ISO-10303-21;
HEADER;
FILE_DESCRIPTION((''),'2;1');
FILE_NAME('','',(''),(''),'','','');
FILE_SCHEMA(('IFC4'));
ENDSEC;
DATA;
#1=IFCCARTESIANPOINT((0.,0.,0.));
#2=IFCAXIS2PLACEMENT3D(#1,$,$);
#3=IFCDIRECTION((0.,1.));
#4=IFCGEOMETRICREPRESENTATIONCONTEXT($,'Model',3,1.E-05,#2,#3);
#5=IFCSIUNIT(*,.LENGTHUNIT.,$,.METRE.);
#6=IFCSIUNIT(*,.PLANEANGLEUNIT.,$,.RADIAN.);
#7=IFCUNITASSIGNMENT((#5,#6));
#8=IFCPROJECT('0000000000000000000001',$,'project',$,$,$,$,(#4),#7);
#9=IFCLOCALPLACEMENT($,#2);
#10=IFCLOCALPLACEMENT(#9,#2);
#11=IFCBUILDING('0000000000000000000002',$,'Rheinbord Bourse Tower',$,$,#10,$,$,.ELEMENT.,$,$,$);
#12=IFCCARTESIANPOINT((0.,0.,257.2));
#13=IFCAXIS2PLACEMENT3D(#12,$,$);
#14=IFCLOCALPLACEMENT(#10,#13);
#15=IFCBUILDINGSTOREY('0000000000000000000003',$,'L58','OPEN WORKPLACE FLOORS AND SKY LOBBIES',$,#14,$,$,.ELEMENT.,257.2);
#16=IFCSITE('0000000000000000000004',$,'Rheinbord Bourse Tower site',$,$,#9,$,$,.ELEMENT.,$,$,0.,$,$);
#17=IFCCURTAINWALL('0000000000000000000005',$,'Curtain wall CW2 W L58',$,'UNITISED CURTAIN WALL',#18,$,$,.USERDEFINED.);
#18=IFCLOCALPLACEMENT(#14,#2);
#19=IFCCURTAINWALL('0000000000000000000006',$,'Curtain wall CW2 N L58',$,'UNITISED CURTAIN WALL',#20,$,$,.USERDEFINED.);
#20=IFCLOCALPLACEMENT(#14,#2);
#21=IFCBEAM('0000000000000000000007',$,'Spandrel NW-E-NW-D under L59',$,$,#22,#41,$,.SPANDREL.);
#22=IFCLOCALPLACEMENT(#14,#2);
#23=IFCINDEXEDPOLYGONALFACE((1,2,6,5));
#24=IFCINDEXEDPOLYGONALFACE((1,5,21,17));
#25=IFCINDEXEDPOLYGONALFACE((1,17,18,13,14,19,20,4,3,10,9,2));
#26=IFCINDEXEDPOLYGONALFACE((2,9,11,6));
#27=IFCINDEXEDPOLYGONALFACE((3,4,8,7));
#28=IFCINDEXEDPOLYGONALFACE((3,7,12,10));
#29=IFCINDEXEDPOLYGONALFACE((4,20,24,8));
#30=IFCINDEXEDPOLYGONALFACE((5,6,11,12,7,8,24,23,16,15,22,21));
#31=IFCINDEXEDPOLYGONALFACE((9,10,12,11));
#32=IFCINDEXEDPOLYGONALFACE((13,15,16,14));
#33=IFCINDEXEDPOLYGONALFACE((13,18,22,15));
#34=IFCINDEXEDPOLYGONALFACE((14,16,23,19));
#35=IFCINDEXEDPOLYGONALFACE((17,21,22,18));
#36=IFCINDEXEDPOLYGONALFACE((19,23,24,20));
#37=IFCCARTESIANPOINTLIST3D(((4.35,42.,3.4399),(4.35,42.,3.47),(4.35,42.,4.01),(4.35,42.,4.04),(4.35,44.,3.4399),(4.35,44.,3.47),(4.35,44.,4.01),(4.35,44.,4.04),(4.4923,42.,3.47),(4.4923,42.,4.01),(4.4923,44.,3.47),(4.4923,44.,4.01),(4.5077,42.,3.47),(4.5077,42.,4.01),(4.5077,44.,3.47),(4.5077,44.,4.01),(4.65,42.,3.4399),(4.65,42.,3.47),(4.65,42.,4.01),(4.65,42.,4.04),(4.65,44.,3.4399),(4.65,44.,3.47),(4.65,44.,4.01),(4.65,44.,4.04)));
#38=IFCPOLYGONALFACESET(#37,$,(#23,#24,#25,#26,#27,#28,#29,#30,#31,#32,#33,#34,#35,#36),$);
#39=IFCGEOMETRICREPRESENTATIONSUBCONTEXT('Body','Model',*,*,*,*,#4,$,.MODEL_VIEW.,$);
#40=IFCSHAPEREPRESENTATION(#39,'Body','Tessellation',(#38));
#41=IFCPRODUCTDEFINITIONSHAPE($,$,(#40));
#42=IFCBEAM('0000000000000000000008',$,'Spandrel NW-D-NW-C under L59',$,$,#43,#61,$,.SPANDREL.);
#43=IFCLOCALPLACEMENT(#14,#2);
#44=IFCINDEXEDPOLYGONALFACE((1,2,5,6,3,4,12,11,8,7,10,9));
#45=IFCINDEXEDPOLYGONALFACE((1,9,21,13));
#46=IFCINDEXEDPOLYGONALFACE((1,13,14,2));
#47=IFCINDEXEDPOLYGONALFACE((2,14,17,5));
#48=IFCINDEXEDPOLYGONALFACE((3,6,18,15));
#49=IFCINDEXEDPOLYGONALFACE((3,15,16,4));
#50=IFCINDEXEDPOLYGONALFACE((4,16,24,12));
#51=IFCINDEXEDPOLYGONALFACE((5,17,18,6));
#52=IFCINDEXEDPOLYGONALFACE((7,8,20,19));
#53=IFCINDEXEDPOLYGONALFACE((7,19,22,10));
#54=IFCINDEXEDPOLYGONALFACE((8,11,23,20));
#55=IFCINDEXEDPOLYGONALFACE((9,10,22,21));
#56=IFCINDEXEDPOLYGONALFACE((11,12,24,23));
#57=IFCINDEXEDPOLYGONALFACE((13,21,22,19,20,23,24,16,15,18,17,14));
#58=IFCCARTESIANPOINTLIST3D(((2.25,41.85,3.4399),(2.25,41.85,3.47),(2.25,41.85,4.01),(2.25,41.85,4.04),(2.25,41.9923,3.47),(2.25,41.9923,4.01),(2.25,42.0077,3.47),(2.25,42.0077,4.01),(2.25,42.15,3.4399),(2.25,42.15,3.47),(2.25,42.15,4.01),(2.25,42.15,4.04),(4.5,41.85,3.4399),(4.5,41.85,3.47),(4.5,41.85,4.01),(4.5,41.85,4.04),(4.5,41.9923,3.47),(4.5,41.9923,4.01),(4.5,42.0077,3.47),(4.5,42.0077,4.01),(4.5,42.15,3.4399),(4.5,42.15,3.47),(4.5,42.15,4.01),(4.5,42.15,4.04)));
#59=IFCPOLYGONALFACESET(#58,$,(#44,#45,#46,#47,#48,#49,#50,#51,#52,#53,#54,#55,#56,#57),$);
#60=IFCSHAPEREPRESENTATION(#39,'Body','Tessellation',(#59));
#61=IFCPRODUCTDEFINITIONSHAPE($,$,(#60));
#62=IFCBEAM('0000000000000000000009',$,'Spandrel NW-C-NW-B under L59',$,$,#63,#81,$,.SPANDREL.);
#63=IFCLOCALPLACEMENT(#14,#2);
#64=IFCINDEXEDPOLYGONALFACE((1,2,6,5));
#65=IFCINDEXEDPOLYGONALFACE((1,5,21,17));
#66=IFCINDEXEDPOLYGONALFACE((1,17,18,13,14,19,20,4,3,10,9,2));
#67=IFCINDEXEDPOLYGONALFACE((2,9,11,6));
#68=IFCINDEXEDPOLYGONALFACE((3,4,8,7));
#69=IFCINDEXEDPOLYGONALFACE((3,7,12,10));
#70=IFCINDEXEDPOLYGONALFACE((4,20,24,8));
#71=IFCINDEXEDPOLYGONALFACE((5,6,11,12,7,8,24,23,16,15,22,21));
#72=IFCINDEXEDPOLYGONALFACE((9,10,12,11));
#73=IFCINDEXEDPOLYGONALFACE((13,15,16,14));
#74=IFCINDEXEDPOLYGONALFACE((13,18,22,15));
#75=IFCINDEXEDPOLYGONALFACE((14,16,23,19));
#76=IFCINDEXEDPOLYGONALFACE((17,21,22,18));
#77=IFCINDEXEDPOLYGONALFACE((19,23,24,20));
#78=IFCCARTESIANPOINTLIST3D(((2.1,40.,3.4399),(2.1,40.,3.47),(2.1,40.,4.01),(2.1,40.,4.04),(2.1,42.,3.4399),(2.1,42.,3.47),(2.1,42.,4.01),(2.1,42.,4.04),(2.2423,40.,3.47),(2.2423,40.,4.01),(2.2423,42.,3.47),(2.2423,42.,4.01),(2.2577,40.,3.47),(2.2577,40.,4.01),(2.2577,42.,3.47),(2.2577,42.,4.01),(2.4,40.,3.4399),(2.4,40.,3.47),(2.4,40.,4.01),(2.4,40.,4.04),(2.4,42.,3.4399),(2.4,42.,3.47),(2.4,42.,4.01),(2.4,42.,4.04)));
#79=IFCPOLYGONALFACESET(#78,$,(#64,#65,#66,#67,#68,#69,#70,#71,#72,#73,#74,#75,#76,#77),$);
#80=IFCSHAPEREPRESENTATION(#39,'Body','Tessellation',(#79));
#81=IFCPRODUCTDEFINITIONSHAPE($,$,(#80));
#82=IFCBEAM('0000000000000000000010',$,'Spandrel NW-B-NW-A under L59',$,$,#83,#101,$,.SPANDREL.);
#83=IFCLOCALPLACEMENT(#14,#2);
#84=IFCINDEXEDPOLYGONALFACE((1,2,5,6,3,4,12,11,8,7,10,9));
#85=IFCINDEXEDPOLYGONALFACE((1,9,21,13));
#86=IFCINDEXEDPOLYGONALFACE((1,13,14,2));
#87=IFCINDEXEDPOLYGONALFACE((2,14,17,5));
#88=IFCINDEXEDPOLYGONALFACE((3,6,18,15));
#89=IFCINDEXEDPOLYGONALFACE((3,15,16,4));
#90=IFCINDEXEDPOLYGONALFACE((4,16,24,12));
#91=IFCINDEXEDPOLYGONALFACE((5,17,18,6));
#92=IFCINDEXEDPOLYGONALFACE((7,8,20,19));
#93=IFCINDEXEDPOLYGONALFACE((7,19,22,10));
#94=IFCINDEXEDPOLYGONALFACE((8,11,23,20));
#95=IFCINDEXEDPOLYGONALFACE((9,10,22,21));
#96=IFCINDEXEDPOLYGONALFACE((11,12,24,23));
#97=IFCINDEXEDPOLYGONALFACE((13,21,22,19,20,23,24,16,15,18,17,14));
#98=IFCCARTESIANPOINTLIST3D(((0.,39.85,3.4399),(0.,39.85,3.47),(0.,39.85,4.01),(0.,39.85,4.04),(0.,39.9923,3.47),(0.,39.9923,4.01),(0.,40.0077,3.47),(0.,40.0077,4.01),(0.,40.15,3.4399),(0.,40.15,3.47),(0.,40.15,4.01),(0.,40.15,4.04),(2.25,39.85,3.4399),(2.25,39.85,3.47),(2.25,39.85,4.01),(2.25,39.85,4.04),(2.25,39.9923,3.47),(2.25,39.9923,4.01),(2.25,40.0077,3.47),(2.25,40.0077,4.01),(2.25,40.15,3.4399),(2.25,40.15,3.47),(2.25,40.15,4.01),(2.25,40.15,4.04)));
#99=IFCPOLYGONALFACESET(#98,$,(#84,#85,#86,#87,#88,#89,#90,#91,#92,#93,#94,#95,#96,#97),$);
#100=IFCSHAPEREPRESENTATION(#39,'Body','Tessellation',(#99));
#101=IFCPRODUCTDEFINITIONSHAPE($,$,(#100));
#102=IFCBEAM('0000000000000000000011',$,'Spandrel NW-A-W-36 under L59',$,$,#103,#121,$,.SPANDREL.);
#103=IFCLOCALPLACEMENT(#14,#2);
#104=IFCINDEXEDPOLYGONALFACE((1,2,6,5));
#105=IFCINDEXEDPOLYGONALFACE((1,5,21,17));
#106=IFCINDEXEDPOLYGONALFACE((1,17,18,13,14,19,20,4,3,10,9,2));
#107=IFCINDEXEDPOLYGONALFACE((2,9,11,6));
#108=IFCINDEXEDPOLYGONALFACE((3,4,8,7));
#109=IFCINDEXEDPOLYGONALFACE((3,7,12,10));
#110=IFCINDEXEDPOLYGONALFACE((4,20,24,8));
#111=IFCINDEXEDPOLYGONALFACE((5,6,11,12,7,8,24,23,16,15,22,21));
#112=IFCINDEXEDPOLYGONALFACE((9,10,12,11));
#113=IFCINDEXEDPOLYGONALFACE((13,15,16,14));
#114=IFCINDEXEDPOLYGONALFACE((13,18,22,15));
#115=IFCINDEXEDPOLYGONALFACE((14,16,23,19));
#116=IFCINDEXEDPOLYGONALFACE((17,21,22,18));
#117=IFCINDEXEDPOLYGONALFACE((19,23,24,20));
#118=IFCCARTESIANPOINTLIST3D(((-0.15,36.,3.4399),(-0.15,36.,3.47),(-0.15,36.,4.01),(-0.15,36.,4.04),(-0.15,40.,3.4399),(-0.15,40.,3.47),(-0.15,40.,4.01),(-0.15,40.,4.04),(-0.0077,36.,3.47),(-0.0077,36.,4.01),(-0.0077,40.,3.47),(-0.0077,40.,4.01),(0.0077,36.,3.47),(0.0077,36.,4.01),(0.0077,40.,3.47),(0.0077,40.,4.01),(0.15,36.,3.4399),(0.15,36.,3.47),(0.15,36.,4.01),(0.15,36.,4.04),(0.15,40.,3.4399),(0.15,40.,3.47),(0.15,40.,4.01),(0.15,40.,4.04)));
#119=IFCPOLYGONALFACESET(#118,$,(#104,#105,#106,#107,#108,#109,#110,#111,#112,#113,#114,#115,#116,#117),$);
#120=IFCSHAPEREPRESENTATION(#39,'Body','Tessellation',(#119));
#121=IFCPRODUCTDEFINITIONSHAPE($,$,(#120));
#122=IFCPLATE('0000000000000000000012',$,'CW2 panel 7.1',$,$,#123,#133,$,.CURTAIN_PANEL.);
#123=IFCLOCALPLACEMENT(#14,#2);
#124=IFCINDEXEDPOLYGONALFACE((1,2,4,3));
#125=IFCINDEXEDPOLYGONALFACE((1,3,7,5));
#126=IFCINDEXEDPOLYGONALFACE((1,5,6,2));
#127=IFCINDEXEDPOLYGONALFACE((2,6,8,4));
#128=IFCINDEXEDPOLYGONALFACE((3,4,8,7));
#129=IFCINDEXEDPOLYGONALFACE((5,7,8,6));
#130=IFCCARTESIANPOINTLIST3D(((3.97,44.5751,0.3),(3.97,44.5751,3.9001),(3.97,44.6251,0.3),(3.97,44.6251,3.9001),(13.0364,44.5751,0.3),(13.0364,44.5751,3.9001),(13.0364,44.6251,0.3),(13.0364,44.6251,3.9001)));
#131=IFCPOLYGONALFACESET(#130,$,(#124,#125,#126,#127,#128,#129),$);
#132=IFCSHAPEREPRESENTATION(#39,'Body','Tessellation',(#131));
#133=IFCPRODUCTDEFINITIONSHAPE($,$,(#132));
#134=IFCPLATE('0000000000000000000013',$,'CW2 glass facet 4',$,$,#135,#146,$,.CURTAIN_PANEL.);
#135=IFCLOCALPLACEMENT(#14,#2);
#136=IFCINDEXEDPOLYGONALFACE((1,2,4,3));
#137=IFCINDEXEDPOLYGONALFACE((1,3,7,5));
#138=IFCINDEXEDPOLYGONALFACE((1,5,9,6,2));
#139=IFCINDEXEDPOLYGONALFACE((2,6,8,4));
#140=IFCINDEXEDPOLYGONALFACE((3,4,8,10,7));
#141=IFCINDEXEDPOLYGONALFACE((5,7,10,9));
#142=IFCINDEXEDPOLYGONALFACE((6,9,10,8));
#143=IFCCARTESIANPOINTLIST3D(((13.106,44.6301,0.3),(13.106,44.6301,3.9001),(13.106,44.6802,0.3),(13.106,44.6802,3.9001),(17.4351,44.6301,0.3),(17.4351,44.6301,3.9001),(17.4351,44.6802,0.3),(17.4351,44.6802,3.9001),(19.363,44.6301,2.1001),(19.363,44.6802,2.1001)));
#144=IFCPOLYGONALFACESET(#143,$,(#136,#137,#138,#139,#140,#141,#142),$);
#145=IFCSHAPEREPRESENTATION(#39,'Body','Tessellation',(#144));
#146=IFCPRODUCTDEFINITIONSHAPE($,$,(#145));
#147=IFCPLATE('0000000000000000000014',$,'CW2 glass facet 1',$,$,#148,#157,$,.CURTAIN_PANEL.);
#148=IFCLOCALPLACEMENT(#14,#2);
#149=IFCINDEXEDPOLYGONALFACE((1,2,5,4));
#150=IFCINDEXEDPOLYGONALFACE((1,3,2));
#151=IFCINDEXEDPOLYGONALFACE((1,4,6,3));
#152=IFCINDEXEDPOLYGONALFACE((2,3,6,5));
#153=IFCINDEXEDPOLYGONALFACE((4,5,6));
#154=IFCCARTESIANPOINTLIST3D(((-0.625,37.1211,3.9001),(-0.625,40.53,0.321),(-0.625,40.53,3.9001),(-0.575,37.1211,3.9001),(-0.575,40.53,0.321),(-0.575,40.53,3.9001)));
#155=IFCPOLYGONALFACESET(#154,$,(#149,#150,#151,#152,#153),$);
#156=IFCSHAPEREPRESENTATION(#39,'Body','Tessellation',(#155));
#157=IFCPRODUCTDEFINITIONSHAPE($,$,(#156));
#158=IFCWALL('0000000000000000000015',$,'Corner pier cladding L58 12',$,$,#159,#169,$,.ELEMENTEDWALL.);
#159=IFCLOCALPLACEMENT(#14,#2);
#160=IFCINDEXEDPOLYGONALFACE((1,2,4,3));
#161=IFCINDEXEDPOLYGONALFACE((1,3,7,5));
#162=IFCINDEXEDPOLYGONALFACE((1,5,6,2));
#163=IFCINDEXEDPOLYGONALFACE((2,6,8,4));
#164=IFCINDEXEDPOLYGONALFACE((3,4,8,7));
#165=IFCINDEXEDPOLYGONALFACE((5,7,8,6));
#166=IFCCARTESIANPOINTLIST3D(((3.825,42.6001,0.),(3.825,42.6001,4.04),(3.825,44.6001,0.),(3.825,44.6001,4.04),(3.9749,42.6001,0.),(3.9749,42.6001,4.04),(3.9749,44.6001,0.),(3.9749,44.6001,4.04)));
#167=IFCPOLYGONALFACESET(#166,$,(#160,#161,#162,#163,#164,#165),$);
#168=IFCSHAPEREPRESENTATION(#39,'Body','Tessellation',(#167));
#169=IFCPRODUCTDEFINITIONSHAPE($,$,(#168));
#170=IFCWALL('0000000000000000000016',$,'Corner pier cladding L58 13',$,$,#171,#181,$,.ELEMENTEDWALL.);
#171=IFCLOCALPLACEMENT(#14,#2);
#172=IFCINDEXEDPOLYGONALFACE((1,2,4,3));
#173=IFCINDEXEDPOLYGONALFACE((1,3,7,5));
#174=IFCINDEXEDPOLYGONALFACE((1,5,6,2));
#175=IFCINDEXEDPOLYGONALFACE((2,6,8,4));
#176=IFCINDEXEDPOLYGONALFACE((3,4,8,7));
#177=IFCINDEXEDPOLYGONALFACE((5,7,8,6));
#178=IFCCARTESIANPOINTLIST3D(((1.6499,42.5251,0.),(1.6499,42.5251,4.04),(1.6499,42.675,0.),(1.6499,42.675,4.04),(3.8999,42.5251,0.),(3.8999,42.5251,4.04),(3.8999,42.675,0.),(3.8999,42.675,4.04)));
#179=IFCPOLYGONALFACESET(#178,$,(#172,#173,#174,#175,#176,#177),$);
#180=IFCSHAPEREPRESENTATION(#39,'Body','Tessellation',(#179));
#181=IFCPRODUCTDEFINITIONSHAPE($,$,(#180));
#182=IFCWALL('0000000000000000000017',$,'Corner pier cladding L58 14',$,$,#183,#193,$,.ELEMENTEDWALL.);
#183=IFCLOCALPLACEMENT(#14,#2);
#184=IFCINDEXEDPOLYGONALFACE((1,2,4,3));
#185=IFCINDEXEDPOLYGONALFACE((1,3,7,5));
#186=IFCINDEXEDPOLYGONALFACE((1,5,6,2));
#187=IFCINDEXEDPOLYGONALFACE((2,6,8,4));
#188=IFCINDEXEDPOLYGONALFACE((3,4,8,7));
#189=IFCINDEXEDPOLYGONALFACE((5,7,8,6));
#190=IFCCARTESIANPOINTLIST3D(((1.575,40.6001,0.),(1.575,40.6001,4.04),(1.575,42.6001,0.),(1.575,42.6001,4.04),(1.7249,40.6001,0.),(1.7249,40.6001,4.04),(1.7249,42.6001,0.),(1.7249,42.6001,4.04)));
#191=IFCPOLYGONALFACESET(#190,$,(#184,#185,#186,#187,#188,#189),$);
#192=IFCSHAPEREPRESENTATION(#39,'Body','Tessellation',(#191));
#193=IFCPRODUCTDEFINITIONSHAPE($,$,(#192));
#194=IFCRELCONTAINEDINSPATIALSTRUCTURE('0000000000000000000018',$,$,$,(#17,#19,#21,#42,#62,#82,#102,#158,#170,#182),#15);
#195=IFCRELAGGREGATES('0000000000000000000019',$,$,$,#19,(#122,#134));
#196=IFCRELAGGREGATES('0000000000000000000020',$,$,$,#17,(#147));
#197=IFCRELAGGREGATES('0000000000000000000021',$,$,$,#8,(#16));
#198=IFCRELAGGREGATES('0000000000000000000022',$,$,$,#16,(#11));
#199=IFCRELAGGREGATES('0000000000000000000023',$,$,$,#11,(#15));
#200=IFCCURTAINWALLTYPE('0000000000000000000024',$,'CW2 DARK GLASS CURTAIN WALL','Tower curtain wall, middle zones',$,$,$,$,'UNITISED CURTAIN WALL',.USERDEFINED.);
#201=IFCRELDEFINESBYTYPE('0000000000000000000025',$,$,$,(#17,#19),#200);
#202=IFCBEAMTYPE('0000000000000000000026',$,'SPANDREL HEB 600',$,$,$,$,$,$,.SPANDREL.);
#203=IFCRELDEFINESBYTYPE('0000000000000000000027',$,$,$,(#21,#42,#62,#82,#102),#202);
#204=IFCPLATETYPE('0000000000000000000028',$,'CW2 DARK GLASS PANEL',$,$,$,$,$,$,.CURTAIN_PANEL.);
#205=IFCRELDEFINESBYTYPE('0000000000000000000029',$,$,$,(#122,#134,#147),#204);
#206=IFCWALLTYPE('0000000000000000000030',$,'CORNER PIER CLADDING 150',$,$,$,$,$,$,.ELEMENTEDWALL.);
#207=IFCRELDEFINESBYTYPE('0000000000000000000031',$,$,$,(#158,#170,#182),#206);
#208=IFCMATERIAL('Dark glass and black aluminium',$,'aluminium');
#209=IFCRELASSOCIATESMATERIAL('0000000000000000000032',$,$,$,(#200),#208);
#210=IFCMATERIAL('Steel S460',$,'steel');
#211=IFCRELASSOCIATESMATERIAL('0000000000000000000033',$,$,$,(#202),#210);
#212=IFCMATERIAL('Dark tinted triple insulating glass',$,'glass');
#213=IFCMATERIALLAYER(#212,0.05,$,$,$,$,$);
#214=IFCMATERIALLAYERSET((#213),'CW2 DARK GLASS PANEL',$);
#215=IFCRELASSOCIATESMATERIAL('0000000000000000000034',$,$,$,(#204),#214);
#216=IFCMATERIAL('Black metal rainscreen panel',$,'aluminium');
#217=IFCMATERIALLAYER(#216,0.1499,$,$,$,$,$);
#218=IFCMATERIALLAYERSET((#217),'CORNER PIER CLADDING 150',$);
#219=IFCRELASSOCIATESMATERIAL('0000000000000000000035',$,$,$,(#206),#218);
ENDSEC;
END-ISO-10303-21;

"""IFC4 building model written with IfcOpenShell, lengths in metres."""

from ifc_helpers import new_model, si_unit, direction, frame, frame_2d, origin, origin_2d, place, context, subcontext, project, spatial, polyline, rectangle, i_section, outline, extrude, material, layer, layer_set, material_profile, profile_set, type_object, element, aggregate, save


model = new_model("IFC4")

# Units and contexts
model_context = context("Model", 3, precision=1e-05, world=origin(), true_north=direction((0.0, 1.0)))
body_context = subcontext(model_context, "Body", "Model", "MODEL_VIEW")
ifc_project = project(units=[si_unit("LENGTHUNIT", "METRE"), si_unit("PLANEANGLEUNIT", "RADIAN")], contexts=[model_context])

# Site, building, storey
site_placement = place(None, origin())
site = spatial("IfcSite", under=ifc_project, at=site_placement, Name="Rheinbord Bourse Tower site", CompositionType="ELEMENT", RefElevation=0.0)
building_placement = place(site_placement, origin())
building = spatial("IfcBuilding", under=site, at=building_placement, Name="Rheinbord Bourse Tower", CompositionType="ELEMENT")
storey_placement = place(building_placement, frame((0.0, 0.0, 257.2)))
storey = spatial("IfcBuildingStorey", under=building, at=storey_placement, Name="L58", Description="OPEN WORKPLACE FLOORS AND SKY LOBBIES", CompositionType="ELEMENT", Elevation=257.2)

# Curtain wall
ifc_material_1 = material(Name="Dark glass and black aluminium", Category="aluminium")
curtain_wall_type = type_object("IfcCurtainWallType", Name="CW2 DARK GLASS CURTAIN WALL", Description="Tower curtain wall, middle zones", ElementType="UNITISED CURTAIN WALL", PredefinedType="USERDEFINED", material=ifc_material_1)
curtain_wall_1_placement = place(storey_placement, origin())
curtain_wall_1 = element("IfcCurtainWall", 1, at=curtain_wall_1_placement, inside=storey, type_object=curtain_wall_type, Name="Curtain wall CW2 W L58", ObjectType="UNITISED CURTAIN WALL", PredefinedType="USERDEFINED")

# Curtain wall
curtain_wall_2_placement = place(storey_placement, origin())
curtain_wall_2 = element("IfcCurtainWall", 2, at=curtain_wall_2_placement, inside=storey, type_object=curtain_wall_type, Name="Curtain wall CW2 N L58", ObjectType="UNITISED CURTAIN WALL", PredefinedType="USERDEFINED")

# Beams
ifc_material_2 = material(Name="Steel S460", Category="steel")
ifc_material_profile_1 = material_profile(ifc_material_2, i_section(OverallWidth=0.3, OverallDepth=0.6001, WebThickness=0.0154, FlangeThickness=0.03, at=origin_2d()), Name="HEB 600")
ifc_profile_set_1 = profile_set([ifc_material_profile_1], Name="Steel S460")
beam_type_1 = type_object("IfcBeamType", Name="SPANDREL HEB 600", PredefinedType="SPANDREL", material=ifc_profile_set_1)
beam_1_placement = place(storey_placement, frame((4.5, 44.0, 3.74), z_axis=(0.0, -1.0, 0.0), x_axis=(1.0, 0.0, 0.0)))
element("IfcBeam", 3, at=beam_1_placement, inside=storey, type_object=beam_type_1, Name="Spandrel NW-E-NW-D under L59", PredefinedType="SPANDREL", context=body_context, shape_type="SweptSolid", body=[
    extrude(i_section(OverallWidth=0.3, OverallDepth=0.6001, WebThickness=0.0154, FlangeThickness=0.03, at=origin_2d()), origin(), (0.0, 0.0, 1.0), 2.0),
])
beam_2_placement = place(storey_placement, frame((4.5, 42.0, 3.74), z_axis=(-1.0, 0.0, 0.0), x_axis=(0.0, -1.0, 0.0)))
element("IfcBeam", 4, at=beam_2_placement, inside=storey, type_object=beam_type_1, Name="Spandrel NW-D-NW-C under L59", PredefinedType="SPANDREL", context=body_context, shape_type="SweptSolid", body=[
    extrude(i_section(OverallWidth=0.3, OverallDepth=0.6001, WebThickness=0.0154, FlangeThickness=0.03, at=origin_2d()), origin(), (0.0, 0.0, 1.0), 2.25),
])
beam_3_placement = place(storey_placement, frame((2.25, 42.0, 3.74), z_axis=(0.0, -1.0, 0.0), x_axis=(1.0, 0.0, 0.0)))
element("IfcBeam", 5, at=beam_3_placement, inside=storey, type_object=beam_type_1, Name="Spandrel NW-C-NW-B under L59", PredefinedType="SPANDREL", context=body_context, shape_type="SweptSolid", body=[
    extrude(i_section(OverallWidth=0.3, OverallDepth=0.6001, WebThickness=0.0154, FlangeThickness=0.03, at=origin_2d()), origin(), (0.0, 0.0, 1.0), 2.0),
])
beam_4_placement = place(storey_placement, frame((2.25, 40.0, 3.74), z_axis=(-1.0, 0.0, 0.0), x_axis=(0.0, -1.0, 0.0)))
element("IfcBeam", 6, at=beam_4_placement, inside=storey, type_object=beam_type_1, Name="Spandrel NW-B-NW-A under L59", PredefinedType="SPANDREL", context=body_context, shape_type="SweptSolid", body=[
    extrude(i_section(OverallWidth=0.3, OverallDepth=0.6001, WebThickness=0.0154, FlangeThickness=0.03, at=origin_2d()), origin(), (0.0, 0.0, 1.0), 2.25),
])
beam_5_placement = place(storey_placement, frame((0.0, 40.0, 3.74), z_axis=(0.0, -1.0, 0.0), x_axis=(1.0, 0.0, 0.0)))
element("IfcBeam", 7, at=beam_5_placement, inside=storey, type_object=beam_type_1, Name="Spandrel NW-A-W-36 under L59", PredefinedType="SPANDREL", context=body_context, shape_type="SweptSolid", body=[
    extrude(i_section(OverallWidth=0.3, OverallDepth=0.6001, WebThickness=0.0154, FlangeThickness=0.03, at=origin_2d()), origin(), (0.0, 0.0, 1.0), 4.0),
])

# Plates
ifc_material_3 = material(Name="Dark tinted triple insulating glass", Category="glass")
ifc_layer_1 = layer(ifc_material_3, 0.05)
ifc_layer_set_1 = layer_set([ifc_layer_1], Name="CW2 DARK GLASS PANEL")
plate_type = type_object("IfcPlateType", Name="CW2 DARK GLASS PANEL", PredefinedType="CURTAIN_PANEL", material=ifc_layer_set_1)
plate_1_placement = place(storey_placement, frame((8.5032, 44.6001, 0.3), z_axis=(0.0, 0.0, 1.0), x_axis=(-1.0, 0.0, 0.0)))
plate_1 = element("IfcPlate", 8, at=plate_1_placement, type_object=plate_type, Name="CW2 panel 7.1", PredefinedType="CURTAIN_PANEL", context=body_context, shape_type="SweptSolid", body=[
    extrude(rectangle(XDim=9.0664, YDim=0.05, at=origin_2d()), origin(), (0.0, 0.0, 1.0), 3.6001),
])
plate_2_placement = place(storey_placement, frame((13.106, 44.6802, 3.9001), z_axis=(0.0, -1.0, 0.0), x_axis=(0.0, 0.0, -1.0)))
plate_2 = element("IfcPlate", 9, at=plate_2_placement, type_object=plate_type, Name="CW2 glass facet 4", PredefinedType="CURTAIN_PANEL", context=body_context, shape_type="SweptSolid", body=[
    extrude(outline(polyline([(0.0, 0.0), (3.6001, 0.0), (3.6001, 4.3291), (1.8, 6.2571), (0.0, 4.3291), (0.0, 0.0)])), origin(), (0.0, 0.0, 1.0), 0.05),
])
aggregate(curtain_wall_2, [plate_1, plate_2])
plate_3_placement = place(storey_placement, frame((-0.625, 40.53, 3.9001), z_axis=(1.0, 0.0, 0.0), x_axis=(0.0, -1.0, 0.0)))
plate_3 = element("IfcPlate", 10, at=plate_3_placement, type_object=plate_type, Name="CW2 glass facet 1", PredefinedType="CURTAIN_PANEL", context=body_context, shape_type="SweptSolid", body=[
    extrude(outline(polyline([(0.0, 0.0), (3.4089, 0.0), (0.0, 3.5791), (0.0, 0.0)])), origin(), (0.0, 0.0, 1.0), 0.05),
])
aggregate(curtain_wall_1, [plate_3])

# Walls
ifc_material_4 = material(Name="Black metal rainscreen panel", Category="aluminium")
ifc_layer_2 = layer(ifc_material_4, 0.1499)
ifc_layer_set_2 = layer_set([ifc_layer_2], Name="CORNER PIER CLADDING 150")
wall_type = type_object("IfcWallType", Name="CORNER PIER CLADDING 150", PredefinedType="ELEMENTEDWALL", material=ifc_layer_set_2)
wall_1_placement = place(storey_placement, frame((3.8999, 44.6001, 0.0), z_axis=(0.0, 0.0, 1.0), x_axis=(0.0, -1.0, 0.0)))
element("IfcWall", 11, at=wall_1_placement, inside=storey, type_object=wall_type, Name="Corner pier cladding L58 12", PredefinedType="ELEMENTEDWALL", context=body_context, shape_type="SweptSolid", body=[
    extrude(rectangle(XDim=2.0, YDim=0.1499, at=frame_2d((1.0, 0.0))), origin(), (0.0, 0.0, 1.0), 4.04),
])
wall_2_placement = place(storey_placement, frame((3.8999, 42.6001, 0.0), z_axis=(0.0, 0.0, 1.0), x_axis=(-1.0, 0.0, 0.0)))
element("IfcWall", 12, at=wall_2_placement, inside=storey, type_object=wall_type, Name="Corner pier cladding L58 13", PredefinedType="ELEMENTEDWALL", context=body_context, shape_type="SweptSolid", body=[
    extrude(rectangle(XDim=2.25, YDim=0.1499, at=frame_2d((1.125, 0.0))), origin(), (0.0, 0.0, 1.0), 4.04),
])
wall_3_placement = place(storey_placement, frame((1.6499, 42.6001, 0.0), z_axis=(0.0, 0.0, 1.0), x_axis=(0.0, -1.0, 0.0)))
element("IfcWall", 13, at=wall_3_placement, inside=storey, type_object=wall_type, Name="Corner pier cladding L58 14", PredefinedType="ELEMENTEDWALL", context=body_context, shape_type="SweptSolid", body=[
    extrude(rectangle(XDim=2.0, YDim=0.1499, at=frame_2d((1.0, 0.0))), origin(), (0.0, 0.0, 1.0), 4.04),
])

save(model, "model.ifc")
